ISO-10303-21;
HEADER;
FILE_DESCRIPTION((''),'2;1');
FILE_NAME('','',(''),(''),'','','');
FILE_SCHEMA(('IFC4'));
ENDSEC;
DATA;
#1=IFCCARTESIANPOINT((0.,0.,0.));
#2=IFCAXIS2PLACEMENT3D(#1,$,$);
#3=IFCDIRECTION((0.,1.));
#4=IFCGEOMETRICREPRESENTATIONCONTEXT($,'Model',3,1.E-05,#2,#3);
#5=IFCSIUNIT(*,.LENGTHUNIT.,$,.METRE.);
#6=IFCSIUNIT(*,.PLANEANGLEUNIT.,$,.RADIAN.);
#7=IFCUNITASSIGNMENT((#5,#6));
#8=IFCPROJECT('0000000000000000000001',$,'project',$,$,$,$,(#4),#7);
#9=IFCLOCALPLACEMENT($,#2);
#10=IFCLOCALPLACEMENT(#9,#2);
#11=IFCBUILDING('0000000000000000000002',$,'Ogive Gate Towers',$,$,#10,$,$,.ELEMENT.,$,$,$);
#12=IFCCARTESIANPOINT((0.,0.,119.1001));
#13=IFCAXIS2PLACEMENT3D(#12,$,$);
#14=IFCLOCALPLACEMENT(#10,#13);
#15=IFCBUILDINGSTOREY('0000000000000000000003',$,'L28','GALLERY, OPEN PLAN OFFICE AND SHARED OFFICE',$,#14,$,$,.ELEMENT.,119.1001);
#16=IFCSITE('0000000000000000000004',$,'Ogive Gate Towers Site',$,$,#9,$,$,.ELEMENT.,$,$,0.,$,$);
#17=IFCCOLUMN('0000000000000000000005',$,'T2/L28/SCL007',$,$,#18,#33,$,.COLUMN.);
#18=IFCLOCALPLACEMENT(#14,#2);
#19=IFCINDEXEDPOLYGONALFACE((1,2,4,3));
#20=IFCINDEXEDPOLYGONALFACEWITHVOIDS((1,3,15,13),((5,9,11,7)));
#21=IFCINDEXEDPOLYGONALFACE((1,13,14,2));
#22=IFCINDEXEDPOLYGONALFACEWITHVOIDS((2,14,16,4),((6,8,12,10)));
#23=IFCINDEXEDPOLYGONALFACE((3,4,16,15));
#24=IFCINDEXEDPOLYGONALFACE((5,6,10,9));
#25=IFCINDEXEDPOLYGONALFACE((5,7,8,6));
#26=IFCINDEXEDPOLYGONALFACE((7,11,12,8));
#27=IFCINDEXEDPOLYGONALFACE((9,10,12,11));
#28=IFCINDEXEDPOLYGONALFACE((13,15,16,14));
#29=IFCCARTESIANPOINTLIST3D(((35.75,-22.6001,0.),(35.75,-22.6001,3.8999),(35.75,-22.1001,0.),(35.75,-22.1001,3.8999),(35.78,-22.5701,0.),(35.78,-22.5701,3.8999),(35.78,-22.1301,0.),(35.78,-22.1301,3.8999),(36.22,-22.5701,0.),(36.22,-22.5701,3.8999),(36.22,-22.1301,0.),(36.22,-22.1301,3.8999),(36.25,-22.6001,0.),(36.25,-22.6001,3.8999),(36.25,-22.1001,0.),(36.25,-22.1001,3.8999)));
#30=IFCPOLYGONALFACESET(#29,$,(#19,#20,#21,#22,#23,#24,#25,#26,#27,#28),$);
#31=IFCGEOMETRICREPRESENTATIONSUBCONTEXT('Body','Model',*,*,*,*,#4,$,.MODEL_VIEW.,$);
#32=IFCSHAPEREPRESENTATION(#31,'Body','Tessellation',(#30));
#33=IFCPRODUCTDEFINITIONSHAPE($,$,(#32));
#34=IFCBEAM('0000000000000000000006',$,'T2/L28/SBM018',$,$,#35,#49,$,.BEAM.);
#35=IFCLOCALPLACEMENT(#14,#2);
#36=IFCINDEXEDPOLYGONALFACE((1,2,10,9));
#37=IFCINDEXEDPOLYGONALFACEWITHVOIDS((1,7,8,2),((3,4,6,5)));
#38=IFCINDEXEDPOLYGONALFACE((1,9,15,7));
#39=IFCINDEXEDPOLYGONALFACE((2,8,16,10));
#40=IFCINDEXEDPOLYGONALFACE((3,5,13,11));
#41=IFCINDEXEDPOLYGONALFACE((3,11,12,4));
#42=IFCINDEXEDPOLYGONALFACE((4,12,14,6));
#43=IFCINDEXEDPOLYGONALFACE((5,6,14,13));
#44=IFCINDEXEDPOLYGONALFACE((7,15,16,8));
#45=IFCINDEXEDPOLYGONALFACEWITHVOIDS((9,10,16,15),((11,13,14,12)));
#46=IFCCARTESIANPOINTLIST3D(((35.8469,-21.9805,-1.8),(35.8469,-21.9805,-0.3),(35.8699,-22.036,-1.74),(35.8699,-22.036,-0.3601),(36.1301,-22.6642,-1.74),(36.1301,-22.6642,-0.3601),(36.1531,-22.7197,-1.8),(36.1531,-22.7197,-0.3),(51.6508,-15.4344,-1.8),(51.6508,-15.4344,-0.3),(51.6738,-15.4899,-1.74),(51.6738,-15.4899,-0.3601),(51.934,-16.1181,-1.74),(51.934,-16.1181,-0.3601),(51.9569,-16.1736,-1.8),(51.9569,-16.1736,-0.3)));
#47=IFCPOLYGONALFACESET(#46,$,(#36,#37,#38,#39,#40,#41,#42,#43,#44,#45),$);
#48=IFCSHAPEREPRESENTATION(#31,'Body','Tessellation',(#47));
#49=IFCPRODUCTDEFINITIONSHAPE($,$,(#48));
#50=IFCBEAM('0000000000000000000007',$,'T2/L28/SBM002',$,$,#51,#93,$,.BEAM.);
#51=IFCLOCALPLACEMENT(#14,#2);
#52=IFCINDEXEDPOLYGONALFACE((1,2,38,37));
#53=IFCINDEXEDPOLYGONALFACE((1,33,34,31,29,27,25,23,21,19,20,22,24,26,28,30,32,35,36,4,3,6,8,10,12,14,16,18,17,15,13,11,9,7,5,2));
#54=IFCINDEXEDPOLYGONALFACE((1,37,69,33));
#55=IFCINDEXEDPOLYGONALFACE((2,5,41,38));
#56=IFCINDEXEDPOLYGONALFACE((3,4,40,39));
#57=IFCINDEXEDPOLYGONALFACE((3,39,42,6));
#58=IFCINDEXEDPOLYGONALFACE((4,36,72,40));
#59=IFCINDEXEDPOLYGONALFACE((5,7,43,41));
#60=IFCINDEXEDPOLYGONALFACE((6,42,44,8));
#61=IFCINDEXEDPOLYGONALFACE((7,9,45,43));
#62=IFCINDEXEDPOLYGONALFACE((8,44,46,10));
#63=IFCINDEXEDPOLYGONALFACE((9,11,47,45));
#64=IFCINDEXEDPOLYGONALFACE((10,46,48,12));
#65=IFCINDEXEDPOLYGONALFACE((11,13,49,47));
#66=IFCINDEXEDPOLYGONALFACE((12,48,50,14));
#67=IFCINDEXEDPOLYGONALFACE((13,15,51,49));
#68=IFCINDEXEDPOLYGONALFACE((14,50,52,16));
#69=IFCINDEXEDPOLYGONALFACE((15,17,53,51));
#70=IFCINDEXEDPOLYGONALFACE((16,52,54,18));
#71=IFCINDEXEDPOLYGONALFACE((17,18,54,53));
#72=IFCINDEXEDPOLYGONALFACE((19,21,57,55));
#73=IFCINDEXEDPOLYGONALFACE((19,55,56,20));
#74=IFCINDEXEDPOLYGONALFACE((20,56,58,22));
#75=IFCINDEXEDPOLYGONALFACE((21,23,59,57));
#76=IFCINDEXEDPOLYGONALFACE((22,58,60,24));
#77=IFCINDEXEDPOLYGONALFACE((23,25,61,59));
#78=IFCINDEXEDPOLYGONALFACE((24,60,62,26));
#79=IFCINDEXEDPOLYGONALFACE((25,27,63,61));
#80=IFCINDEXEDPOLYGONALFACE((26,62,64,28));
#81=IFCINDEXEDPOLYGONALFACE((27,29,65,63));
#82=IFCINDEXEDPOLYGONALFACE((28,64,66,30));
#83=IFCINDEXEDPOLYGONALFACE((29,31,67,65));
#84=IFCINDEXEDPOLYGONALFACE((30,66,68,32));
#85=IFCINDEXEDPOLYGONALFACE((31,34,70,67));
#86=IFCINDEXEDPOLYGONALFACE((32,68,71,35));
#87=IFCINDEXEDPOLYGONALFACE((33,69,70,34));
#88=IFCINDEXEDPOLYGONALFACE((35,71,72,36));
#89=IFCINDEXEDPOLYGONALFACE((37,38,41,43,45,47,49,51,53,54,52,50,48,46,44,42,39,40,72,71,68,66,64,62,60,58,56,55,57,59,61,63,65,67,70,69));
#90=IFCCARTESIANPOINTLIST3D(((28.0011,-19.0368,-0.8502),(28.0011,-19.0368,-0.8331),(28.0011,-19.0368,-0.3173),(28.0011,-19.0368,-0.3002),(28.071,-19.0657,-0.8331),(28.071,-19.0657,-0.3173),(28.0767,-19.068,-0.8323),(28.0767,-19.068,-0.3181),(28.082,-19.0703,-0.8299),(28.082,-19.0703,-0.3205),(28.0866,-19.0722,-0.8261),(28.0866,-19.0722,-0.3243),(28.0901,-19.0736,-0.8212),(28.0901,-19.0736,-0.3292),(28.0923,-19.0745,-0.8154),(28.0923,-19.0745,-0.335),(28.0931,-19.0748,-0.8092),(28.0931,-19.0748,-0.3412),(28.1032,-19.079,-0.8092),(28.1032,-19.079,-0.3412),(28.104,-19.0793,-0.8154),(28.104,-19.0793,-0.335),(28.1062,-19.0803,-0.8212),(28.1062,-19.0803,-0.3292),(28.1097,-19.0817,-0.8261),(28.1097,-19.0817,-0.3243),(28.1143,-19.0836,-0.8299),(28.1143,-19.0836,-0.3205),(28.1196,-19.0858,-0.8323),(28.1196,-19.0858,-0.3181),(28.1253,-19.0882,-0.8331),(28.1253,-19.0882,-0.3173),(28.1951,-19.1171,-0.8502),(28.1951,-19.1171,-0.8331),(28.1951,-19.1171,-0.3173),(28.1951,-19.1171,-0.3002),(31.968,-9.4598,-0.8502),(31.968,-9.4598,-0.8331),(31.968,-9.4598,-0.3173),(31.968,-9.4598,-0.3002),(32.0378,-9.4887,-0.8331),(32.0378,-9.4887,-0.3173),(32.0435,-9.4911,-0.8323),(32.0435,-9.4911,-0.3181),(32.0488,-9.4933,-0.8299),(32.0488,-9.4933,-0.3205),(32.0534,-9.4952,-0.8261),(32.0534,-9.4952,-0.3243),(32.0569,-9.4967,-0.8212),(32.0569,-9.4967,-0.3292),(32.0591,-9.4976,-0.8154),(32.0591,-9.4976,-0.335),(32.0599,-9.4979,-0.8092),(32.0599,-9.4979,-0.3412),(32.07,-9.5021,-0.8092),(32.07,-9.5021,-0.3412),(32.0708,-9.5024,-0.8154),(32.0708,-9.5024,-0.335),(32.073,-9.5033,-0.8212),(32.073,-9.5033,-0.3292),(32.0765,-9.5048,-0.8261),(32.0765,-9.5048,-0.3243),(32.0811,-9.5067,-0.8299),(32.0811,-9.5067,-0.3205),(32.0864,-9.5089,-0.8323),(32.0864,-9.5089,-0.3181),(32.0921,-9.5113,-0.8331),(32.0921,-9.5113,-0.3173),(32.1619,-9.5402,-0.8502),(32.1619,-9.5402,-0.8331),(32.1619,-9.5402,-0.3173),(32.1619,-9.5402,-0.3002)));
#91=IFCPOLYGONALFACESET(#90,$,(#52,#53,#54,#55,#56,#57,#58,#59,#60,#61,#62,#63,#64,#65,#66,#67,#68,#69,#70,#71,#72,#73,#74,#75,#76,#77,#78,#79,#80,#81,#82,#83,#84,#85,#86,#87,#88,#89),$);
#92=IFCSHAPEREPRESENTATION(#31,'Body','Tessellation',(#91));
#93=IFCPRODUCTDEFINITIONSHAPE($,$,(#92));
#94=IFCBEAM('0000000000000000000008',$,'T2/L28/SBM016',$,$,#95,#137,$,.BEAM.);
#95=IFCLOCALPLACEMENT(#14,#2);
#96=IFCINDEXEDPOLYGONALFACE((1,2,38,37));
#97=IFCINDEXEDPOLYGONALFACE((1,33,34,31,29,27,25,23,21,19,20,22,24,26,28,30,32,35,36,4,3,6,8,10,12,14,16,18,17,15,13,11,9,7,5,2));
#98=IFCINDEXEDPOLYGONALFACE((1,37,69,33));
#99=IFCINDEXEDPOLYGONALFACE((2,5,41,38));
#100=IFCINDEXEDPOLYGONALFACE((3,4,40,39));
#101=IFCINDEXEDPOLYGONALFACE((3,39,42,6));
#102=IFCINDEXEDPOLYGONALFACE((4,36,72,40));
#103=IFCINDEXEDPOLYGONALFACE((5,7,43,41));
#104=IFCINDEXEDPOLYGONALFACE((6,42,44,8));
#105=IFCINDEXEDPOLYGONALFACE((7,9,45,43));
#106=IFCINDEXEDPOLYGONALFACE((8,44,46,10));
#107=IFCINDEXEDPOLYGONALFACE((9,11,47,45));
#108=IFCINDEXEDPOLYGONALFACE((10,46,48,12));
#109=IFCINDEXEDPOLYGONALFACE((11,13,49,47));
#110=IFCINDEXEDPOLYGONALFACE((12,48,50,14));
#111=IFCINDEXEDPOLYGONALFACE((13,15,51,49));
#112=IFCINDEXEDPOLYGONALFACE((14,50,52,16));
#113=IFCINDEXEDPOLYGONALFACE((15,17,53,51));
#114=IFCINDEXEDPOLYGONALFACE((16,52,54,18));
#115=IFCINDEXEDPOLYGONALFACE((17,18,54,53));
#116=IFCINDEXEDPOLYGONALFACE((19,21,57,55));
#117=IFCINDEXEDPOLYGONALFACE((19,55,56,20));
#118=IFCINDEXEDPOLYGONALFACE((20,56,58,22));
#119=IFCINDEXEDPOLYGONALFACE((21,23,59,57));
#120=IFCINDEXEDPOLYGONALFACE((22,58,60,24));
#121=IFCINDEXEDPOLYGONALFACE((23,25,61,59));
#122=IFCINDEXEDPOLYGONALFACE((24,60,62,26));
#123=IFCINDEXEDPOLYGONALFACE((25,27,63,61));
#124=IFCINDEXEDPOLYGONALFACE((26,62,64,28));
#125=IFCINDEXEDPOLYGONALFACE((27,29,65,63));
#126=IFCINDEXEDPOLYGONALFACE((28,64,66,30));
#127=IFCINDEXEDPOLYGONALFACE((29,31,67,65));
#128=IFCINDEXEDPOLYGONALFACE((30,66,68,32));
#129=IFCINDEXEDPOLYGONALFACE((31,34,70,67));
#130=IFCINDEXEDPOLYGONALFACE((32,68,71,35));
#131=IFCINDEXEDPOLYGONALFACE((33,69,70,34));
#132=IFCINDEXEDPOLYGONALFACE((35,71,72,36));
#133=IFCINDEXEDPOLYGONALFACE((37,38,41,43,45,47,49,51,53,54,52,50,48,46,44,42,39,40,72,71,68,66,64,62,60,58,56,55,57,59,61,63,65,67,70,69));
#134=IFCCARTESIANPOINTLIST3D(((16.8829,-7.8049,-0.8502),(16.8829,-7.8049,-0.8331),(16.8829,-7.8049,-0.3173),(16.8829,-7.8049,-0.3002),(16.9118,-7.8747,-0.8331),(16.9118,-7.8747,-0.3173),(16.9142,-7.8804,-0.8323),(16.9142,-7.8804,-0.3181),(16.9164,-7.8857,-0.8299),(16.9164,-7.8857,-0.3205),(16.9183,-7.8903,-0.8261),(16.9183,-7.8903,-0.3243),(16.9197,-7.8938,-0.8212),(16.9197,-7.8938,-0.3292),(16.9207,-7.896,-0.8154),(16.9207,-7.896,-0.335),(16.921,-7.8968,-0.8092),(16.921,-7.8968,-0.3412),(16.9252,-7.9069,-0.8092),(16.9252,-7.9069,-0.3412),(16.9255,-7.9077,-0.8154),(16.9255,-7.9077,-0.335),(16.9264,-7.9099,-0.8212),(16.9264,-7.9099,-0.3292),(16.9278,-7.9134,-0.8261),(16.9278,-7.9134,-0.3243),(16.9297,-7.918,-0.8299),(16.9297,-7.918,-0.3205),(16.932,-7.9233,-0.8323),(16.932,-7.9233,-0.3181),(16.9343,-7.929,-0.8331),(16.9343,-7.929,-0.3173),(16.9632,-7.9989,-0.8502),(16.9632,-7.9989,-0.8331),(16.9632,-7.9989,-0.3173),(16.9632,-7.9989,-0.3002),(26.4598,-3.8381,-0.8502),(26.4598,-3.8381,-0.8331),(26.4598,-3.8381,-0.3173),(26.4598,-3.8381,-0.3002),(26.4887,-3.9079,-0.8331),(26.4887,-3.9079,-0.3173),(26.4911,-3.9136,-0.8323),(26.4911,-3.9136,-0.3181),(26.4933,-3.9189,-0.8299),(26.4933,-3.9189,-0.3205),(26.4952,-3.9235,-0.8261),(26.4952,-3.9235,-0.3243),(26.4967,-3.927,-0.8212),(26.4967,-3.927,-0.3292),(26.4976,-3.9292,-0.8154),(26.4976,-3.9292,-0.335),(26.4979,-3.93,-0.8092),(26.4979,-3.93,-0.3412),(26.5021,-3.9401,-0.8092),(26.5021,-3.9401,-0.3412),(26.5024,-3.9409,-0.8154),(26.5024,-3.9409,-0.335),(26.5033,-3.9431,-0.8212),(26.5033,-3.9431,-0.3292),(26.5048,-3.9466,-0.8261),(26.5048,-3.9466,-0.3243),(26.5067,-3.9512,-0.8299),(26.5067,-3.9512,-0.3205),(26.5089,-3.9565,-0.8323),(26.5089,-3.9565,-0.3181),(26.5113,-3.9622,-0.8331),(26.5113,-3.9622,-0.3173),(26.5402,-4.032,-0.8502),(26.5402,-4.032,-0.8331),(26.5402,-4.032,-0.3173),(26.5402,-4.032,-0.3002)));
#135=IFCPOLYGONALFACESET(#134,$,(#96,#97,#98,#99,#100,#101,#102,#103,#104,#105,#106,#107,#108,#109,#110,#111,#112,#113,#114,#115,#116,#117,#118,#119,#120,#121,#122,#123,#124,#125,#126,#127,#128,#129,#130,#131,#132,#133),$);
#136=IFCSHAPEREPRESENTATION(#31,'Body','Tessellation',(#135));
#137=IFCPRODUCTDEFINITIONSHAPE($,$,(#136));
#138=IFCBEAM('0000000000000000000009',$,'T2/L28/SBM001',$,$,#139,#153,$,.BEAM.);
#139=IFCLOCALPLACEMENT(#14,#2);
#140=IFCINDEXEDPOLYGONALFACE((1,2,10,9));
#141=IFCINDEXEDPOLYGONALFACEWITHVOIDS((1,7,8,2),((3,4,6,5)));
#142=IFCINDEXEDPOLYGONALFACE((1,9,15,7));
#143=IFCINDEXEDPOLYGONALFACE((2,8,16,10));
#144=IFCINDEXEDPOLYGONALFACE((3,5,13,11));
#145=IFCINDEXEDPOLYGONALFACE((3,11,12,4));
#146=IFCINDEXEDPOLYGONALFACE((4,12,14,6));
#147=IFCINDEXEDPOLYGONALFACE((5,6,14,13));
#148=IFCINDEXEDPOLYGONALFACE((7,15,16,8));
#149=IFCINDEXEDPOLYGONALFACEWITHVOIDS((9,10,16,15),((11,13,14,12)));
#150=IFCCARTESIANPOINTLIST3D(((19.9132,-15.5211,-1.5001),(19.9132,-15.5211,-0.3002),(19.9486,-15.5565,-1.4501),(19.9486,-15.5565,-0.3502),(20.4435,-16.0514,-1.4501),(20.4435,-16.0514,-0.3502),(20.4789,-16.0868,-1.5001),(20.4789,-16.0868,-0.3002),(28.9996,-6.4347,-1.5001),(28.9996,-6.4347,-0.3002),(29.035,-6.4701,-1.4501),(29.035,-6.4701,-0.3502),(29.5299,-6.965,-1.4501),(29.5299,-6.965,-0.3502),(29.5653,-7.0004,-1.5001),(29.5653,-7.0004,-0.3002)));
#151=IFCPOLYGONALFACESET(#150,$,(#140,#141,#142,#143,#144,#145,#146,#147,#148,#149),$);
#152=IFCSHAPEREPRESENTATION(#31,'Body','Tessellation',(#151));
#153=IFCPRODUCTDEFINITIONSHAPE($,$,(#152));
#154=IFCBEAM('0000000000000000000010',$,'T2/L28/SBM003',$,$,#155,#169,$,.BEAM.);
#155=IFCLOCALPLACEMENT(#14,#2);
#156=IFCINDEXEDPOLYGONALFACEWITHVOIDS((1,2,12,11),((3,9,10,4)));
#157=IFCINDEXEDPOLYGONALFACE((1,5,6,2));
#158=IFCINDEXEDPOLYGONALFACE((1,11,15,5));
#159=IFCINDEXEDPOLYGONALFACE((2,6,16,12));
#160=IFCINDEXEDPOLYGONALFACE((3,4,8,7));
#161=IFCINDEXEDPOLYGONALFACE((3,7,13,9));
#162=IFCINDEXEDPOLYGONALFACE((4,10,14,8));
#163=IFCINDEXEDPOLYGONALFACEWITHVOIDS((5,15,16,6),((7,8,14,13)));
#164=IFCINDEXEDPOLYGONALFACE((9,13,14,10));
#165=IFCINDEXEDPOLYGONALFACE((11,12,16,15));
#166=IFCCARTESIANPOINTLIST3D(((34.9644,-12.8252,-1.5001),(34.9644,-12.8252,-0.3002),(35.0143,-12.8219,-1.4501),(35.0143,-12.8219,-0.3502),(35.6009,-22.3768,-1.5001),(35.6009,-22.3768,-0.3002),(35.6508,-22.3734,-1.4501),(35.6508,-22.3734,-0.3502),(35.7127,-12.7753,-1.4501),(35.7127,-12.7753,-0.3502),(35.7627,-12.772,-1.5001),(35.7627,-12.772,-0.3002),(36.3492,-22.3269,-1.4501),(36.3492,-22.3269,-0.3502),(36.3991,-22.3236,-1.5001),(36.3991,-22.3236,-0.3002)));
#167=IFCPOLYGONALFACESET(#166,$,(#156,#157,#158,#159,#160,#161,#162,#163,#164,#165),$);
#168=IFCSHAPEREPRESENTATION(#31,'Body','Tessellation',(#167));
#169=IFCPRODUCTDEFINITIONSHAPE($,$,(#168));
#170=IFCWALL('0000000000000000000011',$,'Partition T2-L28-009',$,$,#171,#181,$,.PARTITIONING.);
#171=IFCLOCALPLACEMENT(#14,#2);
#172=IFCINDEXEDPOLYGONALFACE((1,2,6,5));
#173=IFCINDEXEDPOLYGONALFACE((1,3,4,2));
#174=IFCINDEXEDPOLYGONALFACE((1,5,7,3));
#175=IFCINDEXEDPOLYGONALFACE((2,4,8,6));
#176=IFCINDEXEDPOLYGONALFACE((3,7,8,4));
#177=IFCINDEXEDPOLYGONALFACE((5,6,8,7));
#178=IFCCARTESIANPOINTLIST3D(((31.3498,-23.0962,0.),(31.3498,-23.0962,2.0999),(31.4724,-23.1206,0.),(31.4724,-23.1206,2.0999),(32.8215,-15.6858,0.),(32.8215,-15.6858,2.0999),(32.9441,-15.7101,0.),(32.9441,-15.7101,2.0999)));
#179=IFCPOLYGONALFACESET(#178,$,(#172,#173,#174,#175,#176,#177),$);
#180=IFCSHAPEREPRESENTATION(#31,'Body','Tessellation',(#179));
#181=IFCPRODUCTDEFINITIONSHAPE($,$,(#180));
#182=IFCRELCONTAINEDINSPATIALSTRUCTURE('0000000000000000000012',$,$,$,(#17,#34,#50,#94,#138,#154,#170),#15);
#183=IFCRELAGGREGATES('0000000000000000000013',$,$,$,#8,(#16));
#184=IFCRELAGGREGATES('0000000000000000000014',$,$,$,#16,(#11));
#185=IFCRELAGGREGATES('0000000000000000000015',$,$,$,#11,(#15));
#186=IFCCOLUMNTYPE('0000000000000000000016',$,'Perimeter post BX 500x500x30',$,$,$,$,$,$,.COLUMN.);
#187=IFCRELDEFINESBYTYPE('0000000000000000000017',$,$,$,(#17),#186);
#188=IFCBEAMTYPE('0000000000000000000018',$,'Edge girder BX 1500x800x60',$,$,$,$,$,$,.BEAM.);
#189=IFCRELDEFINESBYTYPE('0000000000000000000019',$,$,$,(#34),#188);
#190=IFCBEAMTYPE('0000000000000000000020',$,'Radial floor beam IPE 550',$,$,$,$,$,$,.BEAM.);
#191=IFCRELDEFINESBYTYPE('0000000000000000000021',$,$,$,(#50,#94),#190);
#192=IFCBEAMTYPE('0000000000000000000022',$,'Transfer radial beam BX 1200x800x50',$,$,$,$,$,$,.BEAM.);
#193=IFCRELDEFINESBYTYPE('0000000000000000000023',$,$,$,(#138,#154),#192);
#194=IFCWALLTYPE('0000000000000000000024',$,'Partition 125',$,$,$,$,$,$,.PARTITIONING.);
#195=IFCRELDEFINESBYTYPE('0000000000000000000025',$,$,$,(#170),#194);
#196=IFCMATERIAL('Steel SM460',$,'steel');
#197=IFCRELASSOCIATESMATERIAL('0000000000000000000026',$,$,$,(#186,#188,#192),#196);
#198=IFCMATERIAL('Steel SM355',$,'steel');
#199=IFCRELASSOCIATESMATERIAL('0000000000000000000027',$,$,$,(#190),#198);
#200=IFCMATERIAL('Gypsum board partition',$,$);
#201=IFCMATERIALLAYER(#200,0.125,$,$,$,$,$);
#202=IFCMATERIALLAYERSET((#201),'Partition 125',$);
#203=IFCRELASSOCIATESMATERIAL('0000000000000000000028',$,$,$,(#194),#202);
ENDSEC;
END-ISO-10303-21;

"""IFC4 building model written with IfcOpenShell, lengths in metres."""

from ifc_helpers import new_model, si_unit, direction, frame, frame_2d, origin, origin_2d, place, context, subcontext, project, spatial, rectangle, hollow_rectangle, i_section, extrude, material, layer, layer_set, material_profile, profile_set, type_object, element, save


model = new_model("IFC4")

# Units and contexts
model_context = context("Model", 3, precision=1e-05, world=origin(), true_north=direction((0.0, 1.0)))
body_context = subcontext(model_context, "Body", "Model", "MODEL_VIEW")
ifc_project = project(units=[si_unit("LENGTHUNIT", "METRE"), si_unit("PLANEANGLEUNIT", "RADIAN")], contexts=[model_context])

# Site, building, storey
site_placement = place(None, origin())
site = spatial("IfcSite", under=ifc_project, at=site_placement, Name="Ogive Gate Towers Site", CompositionType="ELEMENT", RefElevation=0.0)
building_placement = place(site_placement, origin())
building = spatial("IfcBuilding", under=site, at=building_placement, Name="Ogive Gate Towers", CompositionType="ELEMENT")
storey_placement = place(building_placement, frame((0.0, 0.0, 119.1001)))
storey = spatial("IfcBuildingStorey", under=building, at=storey_placement, Name="L28", Description="GALLERY, OPEN PLAN OFFICE AND SHARED OFFICE", CompositionType="ELEMENT", Elevation=119.1001)

# Column
ifc_material_1 = material(Name="Steel SM460", Category="steel")
ifc_material_profile_1 = material_profile(ifc_material_1, hollow_rectangle(XDim=0.5, YDim=0.5, WallThickness=0.03, at=origin_2d()), Name="BX 500x500x30")
ifc_profile_set_1 = profile_set([ifc_material_profile_1], Name="Steel SM460")
column_type = type_object("IfcColumnType", Name="Perimeter post BX 500x500x30", PredefinedType="COLUMN", material=ifc_profile_set_1)
column_placement = place(storey_placement, frame((36.0, -22.3501, 0.0), z_axis=(0.0, 0.0, 1.0), x_axis=(1.0, 0.0, 0.0)))
element("IfcColumn", 1, at=column_placement, inside=storey, type_object=column_type, Name="T2/L28/SCL007", PredefinedType="COLUMN", context=body_context, shape_type="SweptSolid", body=[
    extrude(hollow_rectangle(XDim=0.5, YDim=0.5, WallThickness=0.03, at=origin_2d()), origin(), (0.0, 0.0, 1.0), 3.8999),
])

# Beams
ifc_material_profile_2 = material_profile(ifc_material_1, hollow_rectangle(XDim=0.8, YDim=1.5, WallThickness=0.0601, at=origin_2d()), Name="BX 1500x800x60")
ifc_profile_set_2 = profile_set([ifc_material_profile_2], Name="Steel SM460")
beam_type_1 = type_object("IfcBeamType", Name="Edge girder BX 1500x800x60", PredefinedType="BEAM", material=ifc_profile_set_2)
beam_1_placement = place(storey_placement, frame((36.0, -22.3501, -1.05), z_axis=(0.923881, 0.38268, 0.0), x_axis=(-0.38268, 0.923881, 0.0)))
element("IfcBeam", 2, at=beam_1_placement, inside=storey, type_object=beam_type_1, Name="T2/L28/SBM018", PredefinedType="BEAM", context=body_context, shape_type="SweptSolid", body=[
    extrude(hollow_rectangle(XDim=0.8, YDim=1.5, WallThickness=0.0601, at=origin_2d()), origin(), (0.0, 0.0, 1.0), 17.106),
])
ifc_material_2 = material(Name="Steel SM355", Category="steel")
ifc_material_profile_3 = material_profile(ifc_material_2, i_section(OverallWidth=0.21, OverallDepth=0.55, WebThickness=0.011, FlangeThickness=0.0171, FilletRadius=0.0239, at=origin_2d()), Name="IPE 550")
ifc_profile_set_3 = profile_set([ifc_material_profile_3], Name="Steel SM355")
beam_type_2 = type_object("IfcBeamType", Name="Radial floor beam IPE 550", PredefinedType="BEAM", material=ifc_profile_set_3)
for number, where, z_axis, x_axis, name in (
    (3, (32.0649, -9.5, -0.5752), (-0.382676, -0.923882, 0.0), (0.923882, -0.382676, 0.0), "T2/L28/SBM002"),
    (4, (26.5, -3.9351, -0.5752), (-0.923882, -0.382676, 0.0), (0.382676, -0.923882, 0.0), "T2/L28/SBM016"),
):
    element("IfcBeam", number, at=place(storey_placement, frame(where, z_axis=z_axis, x_axis=x_axis)), inside=storey, type_object=beam_type_2, Name=name, PredefinedType="BEAM", context=body_context, shape_type="SweptSolid", body=[
        extrude(i_section(OverallWidth=0.21, OverallDepth=0.55, WebThickness=0.011, FlangeThickness=0.0171, FilletRadius=0.0239, at=origin_2d()), origin(), (0.0, 0.0, 1.0), 10.366),
    ])
ifc_material_profile_4 = material_profile(ifc_material_1, hollow_rectangle(XDim=0.8, YDim=1.2, WallThickness=0.05, at=origin_2d()), Name="BX 1200x800x50")
ifc_profile_set_4 = profile_set([ifc_material_profile_4], Name="Steel SM460")
beam_type_3 = type_object("IfcBeamType", Name="Transfer radial beam BX 1200x800x50", PredefinedType="BEAM", material=ifc_profile_set_4)
beam_2_placement = place(storey_placement, frame((29.2825, -6.7175, -0.9001), z_axis=(-0.707107, -0.707107, 0.0), x_axis=(0.707107, -0.707107, 0.0)))
element("IfcBeam", 5, at=beam_2_placement, inside=storey, type_object=beam_type_3, Name="T2/L28/SBM001", PredefinedType="BEAM", context=body_context, shape_type="SweptSolid", body=[
    extrude(hollow_rectangle(XDim=0.8, YDim=1.2, WallThickness=0.05, at=origin_2d()), origin(), (0.0, 0.0, 1.0), 12.8501),
])
beam_3_placement = place(storey_placement, frame((35.3635, -12.7986, -0.9001), z_axis=(0.066489, -0.997787, 0.0), x_axis=(0.997787, 0.066489, 0.0)))
element("IfcBeam", 6, at=beam_3_placement, inside=storey, type_object=beam_type_3, Name="T2/L28/SBM003", PredefinedType="BEAM", context=body_context, shape_type="SweptSolid", body=[
    extrude(hollow_rectangle(XDim=0.8, YDim=1.2, WallThickness=0.05, at=origin_2d()), origin(), (0.0, 0.0, 1.0), 9.5728),
])

# Wall
ifc_material_3 = material(Name="Gypsum board partition")
ifc_layer_1 = layer(ifc_material_3, 0.125)
ifc_layer_set_1 = layer_set([ifc_layer_1], Name="Partition 125")
wall_type_1 = type_object("IfcWallType", Name="Partition 125", PredefinedType="PARTITIONING", material=ifc_layer_set_1)
wall_1_placement = place(storey_placement, frame((31.4111, -23.1084, 0.0), z_axis=(0.0, 0.0, 1.0), x_axis=(0.194792, 0.980845, 0.0)))
element("IfcWall", 7, at=wall_1_placement, inside=storey, type_object=wall_type_1, Name="Partition T2-L28-009", PredefinedType="PARTITIONING", context=body_context, shape_type="SweptSolid", body=[
    extrude(rectangle(XDim=7.5552, YDim=0.125, at=frame_2d((3.7776, 0.0))), origin(), (0.0, 0.0, 1.0), 2.0999),
])

save(model, "model.ifc")
